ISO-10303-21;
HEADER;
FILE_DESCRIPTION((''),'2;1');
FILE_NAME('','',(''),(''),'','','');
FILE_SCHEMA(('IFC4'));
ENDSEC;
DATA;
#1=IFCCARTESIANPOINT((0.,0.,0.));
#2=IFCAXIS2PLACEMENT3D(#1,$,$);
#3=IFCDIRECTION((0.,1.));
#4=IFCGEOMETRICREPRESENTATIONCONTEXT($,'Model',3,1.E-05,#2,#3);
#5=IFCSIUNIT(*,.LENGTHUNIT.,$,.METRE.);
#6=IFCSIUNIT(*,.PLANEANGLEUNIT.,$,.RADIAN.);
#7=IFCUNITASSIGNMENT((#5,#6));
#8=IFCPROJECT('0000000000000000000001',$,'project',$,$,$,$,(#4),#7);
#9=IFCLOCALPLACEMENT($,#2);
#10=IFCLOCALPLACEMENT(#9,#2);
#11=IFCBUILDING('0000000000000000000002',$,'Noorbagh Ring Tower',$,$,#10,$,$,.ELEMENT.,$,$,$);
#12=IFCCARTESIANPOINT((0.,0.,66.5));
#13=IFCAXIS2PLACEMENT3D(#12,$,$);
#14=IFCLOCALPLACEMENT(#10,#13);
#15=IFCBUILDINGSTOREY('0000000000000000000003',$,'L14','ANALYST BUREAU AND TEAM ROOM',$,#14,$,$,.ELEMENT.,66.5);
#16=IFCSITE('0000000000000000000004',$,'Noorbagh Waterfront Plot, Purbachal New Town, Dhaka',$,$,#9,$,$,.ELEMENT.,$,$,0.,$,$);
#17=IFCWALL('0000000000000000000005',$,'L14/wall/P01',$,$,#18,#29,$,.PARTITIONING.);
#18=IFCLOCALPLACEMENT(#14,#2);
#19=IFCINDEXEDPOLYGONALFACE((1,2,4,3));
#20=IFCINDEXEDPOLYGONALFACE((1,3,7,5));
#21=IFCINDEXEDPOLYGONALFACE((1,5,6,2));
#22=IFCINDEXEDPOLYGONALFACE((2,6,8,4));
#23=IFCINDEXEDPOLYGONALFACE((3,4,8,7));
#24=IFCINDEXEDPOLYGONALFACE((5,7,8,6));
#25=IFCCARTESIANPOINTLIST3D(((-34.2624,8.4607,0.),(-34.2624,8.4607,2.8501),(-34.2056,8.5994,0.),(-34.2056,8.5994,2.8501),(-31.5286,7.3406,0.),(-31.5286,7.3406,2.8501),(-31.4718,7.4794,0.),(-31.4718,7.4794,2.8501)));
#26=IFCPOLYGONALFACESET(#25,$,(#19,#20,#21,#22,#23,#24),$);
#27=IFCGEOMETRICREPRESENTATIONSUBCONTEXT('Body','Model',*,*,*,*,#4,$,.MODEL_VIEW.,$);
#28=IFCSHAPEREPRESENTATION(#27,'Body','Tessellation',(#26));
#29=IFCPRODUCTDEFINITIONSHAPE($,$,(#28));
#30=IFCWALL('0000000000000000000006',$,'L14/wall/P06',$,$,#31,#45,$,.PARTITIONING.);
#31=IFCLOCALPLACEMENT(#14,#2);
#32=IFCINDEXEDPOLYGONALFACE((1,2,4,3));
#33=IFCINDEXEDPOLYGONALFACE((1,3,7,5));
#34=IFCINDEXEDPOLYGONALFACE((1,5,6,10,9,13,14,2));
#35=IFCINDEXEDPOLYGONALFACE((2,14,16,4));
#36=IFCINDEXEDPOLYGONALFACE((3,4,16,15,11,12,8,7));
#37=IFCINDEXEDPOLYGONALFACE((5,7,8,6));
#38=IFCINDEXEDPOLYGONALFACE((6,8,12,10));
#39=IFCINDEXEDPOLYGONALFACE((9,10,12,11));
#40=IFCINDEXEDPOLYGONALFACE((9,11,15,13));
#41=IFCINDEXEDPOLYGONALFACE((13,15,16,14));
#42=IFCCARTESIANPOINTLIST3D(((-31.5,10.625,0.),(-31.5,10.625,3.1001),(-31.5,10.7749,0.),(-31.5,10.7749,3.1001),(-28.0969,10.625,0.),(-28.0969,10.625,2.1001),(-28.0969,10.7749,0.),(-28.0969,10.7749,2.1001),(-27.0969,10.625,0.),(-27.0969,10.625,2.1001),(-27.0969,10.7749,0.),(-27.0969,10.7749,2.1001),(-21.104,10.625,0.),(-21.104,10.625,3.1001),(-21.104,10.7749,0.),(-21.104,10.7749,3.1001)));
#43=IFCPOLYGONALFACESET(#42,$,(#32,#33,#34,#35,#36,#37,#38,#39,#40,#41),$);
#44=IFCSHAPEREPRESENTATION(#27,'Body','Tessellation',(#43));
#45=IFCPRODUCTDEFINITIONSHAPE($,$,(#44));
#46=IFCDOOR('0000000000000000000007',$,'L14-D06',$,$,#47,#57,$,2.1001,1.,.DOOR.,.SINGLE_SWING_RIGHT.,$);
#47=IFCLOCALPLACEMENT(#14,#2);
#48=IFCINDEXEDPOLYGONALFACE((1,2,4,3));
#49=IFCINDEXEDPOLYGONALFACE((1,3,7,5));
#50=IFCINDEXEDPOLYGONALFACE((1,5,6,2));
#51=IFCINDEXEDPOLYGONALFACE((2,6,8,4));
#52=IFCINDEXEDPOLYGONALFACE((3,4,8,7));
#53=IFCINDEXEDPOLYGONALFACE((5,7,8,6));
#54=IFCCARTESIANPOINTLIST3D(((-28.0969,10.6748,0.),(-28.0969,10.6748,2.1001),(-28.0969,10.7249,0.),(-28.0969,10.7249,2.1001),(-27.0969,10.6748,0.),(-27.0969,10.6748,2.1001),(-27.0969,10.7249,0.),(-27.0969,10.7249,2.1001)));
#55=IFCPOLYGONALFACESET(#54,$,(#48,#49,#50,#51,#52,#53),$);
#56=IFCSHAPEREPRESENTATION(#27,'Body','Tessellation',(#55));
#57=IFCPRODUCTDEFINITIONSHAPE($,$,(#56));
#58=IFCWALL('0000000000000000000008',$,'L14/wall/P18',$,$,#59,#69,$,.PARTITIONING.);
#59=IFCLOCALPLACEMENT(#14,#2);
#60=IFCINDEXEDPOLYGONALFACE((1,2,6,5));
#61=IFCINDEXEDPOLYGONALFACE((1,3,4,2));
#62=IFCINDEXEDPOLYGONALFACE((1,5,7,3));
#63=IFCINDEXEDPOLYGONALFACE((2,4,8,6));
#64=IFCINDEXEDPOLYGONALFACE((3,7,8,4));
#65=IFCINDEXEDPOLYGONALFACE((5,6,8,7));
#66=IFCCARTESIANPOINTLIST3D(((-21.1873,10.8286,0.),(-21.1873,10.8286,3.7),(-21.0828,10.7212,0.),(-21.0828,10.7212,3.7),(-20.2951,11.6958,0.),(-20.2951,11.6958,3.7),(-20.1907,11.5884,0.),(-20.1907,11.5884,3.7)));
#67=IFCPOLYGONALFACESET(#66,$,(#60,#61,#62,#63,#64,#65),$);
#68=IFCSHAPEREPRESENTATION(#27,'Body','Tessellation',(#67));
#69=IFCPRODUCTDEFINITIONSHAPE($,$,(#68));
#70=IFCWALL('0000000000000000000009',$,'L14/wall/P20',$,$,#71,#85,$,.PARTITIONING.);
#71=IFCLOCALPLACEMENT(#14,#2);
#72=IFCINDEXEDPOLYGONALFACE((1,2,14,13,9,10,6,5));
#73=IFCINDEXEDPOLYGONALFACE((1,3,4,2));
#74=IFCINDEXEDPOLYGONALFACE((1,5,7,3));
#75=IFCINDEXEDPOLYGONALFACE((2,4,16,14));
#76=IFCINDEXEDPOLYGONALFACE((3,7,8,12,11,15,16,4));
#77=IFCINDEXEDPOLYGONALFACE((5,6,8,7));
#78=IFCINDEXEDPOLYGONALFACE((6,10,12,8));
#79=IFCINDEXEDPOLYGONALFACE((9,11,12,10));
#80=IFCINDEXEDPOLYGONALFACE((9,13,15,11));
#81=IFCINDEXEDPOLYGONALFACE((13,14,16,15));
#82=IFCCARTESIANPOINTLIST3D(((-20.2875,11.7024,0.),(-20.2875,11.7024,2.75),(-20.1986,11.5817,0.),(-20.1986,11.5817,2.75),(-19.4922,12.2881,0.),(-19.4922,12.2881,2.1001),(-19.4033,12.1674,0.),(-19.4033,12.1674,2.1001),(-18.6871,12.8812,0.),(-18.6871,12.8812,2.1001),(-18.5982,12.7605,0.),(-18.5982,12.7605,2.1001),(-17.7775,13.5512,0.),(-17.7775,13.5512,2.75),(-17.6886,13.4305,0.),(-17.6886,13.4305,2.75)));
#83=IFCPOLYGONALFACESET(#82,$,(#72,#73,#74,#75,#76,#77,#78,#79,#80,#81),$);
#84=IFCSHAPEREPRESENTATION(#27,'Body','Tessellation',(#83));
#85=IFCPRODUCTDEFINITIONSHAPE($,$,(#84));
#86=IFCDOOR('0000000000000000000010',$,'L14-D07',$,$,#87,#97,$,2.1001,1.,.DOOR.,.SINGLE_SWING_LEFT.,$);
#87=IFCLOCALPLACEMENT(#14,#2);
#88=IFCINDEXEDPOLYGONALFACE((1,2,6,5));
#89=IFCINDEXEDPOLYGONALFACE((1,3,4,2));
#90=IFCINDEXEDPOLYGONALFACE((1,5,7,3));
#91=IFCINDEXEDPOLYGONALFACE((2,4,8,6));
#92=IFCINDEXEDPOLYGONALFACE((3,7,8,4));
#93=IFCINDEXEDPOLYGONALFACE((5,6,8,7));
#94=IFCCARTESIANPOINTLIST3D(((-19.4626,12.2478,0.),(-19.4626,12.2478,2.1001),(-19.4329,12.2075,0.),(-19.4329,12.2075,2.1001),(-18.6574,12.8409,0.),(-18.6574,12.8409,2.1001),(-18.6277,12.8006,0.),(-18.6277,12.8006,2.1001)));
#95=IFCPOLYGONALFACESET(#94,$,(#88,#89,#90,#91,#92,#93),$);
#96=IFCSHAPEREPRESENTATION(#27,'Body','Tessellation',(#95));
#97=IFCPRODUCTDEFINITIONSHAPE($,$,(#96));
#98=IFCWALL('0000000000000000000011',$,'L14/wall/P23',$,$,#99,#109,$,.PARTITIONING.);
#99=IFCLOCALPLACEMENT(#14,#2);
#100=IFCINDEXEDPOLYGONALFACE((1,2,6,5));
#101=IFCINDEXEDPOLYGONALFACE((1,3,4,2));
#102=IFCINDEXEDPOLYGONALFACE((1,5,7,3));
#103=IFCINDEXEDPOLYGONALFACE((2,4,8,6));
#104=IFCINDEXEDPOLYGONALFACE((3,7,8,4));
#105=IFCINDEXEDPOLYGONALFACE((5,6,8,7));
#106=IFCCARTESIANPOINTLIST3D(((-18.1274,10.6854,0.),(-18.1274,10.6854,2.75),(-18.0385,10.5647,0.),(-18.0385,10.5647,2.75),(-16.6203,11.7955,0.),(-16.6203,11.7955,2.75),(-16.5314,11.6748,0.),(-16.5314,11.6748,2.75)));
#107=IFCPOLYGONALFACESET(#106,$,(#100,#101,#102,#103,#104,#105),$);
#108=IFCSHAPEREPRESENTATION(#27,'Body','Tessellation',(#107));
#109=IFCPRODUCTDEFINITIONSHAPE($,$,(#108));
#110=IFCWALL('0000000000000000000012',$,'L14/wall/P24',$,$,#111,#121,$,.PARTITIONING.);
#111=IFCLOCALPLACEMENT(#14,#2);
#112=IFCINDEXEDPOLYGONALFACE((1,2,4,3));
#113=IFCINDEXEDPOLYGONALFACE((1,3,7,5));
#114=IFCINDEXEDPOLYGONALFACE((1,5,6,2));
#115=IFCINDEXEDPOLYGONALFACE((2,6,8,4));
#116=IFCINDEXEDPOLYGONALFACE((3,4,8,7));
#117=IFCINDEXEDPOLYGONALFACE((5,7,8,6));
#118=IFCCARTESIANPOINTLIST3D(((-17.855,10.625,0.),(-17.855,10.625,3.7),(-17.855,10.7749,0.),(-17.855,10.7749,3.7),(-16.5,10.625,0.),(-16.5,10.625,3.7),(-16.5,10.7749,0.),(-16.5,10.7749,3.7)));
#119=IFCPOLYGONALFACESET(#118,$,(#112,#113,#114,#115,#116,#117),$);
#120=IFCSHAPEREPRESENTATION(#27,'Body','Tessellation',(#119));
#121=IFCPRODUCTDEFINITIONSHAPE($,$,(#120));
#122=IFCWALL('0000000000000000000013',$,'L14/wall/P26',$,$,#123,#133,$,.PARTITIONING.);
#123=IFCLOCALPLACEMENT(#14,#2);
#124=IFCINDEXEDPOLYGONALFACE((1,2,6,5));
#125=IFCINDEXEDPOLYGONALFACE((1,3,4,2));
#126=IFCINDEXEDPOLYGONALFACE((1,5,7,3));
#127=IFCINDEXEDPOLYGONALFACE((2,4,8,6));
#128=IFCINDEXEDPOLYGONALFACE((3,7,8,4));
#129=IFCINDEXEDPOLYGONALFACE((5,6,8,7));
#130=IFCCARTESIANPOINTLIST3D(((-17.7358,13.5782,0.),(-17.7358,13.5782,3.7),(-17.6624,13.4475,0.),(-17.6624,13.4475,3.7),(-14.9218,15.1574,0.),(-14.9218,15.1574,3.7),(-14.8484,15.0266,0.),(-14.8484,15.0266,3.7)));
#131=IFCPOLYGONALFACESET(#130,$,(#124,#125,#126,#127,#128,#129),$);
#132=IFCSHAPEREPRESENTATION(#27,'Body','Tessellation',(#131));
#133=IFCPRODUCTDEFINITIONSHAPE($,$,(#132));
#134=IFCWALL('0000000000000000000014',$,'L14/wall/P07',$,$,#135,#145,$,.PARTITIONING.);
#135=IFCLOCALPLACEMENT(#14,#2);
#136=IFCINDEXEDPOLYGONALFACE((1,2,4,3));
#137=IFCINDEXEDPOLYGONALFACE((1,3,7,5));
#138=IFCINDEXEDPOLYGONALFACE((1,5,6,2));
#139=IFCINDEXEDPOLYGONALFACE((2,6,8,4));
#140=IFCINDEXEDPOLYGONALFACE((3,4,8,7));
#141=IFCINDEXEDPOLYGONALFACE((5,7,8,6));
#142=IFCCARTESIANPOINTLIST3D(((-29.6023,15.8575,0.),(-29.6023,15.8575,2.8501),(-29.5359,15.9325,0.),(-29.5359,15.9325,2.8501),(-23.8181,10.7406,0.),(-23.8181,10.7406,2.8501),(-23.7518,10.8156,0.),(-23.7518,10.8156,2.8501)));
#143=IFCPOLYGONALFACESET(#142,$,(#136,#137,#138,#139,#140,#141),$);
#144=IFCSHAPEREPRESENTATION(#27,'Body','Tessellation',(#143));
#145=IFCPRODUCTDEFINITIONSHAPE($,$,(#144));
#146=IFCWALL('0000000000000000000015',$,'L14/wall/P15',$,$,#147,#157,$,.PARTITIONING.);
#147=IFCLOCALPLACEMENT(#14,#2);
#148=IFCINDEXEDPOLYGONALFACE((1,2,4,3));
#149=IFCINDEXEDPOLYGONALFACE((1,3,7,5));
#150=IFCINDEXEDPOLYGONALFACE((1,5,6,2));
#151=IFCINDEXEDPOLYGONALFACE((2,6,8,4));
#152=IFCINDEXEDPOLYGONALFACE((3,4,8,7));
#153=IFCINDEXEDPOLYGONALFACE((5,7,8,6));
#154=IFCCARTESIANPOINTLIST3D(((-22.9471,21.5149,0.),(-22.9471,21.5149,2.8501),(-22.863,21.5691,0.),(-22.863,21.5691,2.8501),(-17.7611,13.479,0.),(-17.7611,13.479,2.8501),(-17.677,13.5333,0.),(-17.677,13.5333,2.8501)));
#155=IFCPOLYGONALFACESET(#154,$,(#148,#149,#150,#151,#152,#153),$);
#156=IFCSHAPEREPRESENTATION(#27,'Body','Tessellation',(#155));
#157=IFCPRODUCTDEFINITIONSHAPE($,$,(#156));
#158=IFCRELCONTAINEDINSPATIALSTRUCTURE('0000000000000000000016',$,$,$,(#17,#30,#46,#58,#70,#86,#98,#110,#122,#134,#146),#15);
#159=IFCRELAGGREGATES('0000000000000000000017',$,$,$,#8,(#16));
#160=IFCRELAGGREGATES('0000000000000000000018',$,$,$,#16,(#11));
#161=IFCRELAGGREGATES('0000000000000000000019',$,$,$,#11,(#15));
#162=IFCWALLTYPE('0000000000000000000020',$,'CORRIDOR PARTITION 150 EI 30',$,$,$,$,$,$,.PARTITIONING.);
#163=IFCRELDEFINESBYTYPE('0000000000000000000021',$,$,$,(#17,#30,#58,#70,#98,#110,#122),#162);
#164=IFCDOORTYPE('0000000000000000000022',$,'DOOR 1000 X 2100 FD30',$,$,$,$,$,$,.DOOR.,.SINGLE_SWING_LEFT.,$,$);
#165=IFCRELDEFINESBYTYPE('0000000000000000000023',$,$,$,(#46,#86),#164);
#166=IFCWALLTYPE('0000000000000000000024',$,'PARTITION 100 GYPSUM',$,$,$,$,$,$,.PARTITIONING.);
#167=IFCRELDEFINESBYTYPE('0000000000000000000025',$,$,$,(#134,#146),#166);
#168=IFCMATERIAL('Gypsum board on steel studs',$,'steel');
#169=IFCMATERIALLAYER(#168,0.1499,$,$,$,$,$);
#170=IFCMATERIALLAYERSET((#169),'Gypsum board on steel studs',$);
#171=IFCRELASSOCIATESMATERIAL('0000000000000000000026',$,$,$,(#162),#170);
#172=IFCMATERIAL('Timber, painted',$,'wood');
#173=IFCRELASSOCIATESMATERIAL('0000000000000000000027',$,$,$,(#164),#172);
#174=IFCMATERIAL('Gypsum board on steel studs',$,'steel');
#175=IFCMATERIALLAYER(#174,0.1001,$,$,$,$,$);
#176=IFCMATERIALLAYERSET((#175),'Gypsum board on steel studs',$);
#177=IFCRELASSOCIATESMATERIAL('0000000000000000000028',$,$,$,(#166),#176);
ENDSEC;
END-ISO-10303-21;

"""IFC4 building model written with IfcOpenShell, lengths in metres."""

from ifc_helpers import new_model, si_unit, direction, frame, frame_2d, origin, place, context, subcontext, project, spatial, rectangle, extrude, material, layer, layer_set, type_object, element, fill, save


model = new_model("IFC4")

# Units and contexts
model_context = context("Model", 3, precision=1e-05, world=origin(), true_north=direction((0.0, 1.0)))
body_context = subcontext(model_context, "Body", "Model", "MODEL_VIEW")
ifc_project = project(units=[si_unit("LENGTHUNIT", "METRE"), si_unit("PLANEANGLEUNIT", "RADIAN")], contexts=[model_context])

# Site, building, storey
site_placement = place(None, origin())
site = spatial("IfcSite", under=ifc_project, at=site_placement, Name="Noorbagh Waterfront Plot, Purbachal New Town, Dhaka", CompositionType="ELEMENT", RefElevation=0.0)
building_placement = place(site_placement, origin())
building = spatial("IfcBuilding", under=site, at=building_placement, Name="Noorbagh Ring Tower", CompositionType="ELEMENT")
storey_placement = place(building_placement, frame((0.0, 0.0, 66.5)))
storey = spatial("IfcBuildingStorey", under=building, at=storey_placement, Name="L14", Description="ANALYST BUREAU AND TEAM ROOM", CompositionType="ELEMENT", Elevation=66.5)

# Wall
ifc_material_1 = material(Name="Gypsum board on steel studs", Category="steel")
ifc_layer_1 = layer(ifc_material_1, 0.1499)
ifc_layer_set_1 = layer_set([ifc_layer_1], Name="Gypsum board on steel studs")
wall_type_1 = type_object("IfcWallType", Name="CORRIDOR PARTITION 150 EI 30", PredefinedType="PARTITIONING", material=ifc_layer_set_1)
wall_1_placement = place(storey_placement, frame((-34.2339, 8.53, 0.0), z_axis=(0.0, 0.0, 1.0), x_axis=(0.925344, -0.379128, 0.0)))
element("IfcWall", 1, at=wall_1_placement, inside=storey, type_object=wall_type_1, Name="L14/wall/P01", PredefinedType="PARTITIONING", context=body_context, shape_type="SweptSolid", body=[
    extrude(rectangle(XDim=2.9543, YDim=0.1499, at=frame_2d((1.4771, 0.0))), origin(), (0.0, 0.0, 1.0), 2.8501),
])

# Wall, opening, door
wall_2_placement = place(storey_placement, frame((-31.5, 10.7, 0.0), z_axis=(0.0, 0.0, 1.0), x_axis=(1.0, 0.0, 0.0)))
wall_2 = element("IfcWall", 2, at=wall_2_placement, inside=storey, type_object=wall_type_1, Name="L14/wall/P06", PredefinedType="PARTITIONING", context=body_context, shape_type="SweptSolid", body=[
    extrude(rectangle(XDim=10.396, YDim=0.1499, at=frame_2d((5.198, 0.0))), origin(), (0.0, 0.0, 1.0), 3.1001),
])
opening_1_placement = place(wall_2_placement, frame((3.4031, 0.0, 0.0)))
opening_1 = element("IfcOpeningElement", 3, at=opening_1_placement, cuts=wall_2, PredefinedType="OPENING", context=body_context, shape_type="SweptSolid", body=[
    extrude(rectangle(XDim=1.0, YDim=2.1001, at=frame_2d((0.5, 1.05))), frame((0.0, 0.085, 0.0), z_axis=(0.0, -1.0, 0.0), x_axis=(1.0, 0.0, 0.0)), (0.0, 0.0, 1.0), 0.1699),
])
ifc_material_2 = material(Name="Timber, painted", Category="wood")
door_type = type_object("IfcDoorType", Name="DOOR 1000 X 2100 FD30", OperationType="SINGLE_SWING_LEFT", PredefinedType="DOOR", material=ifc_material_2)
door_1_placement = place(opening_1_placement, origin())
door_1 = element("IfcDoor", 4, at=door_1_placement, inside=storey, type_object=door_type, Name="L14-D06", OperationType="SINGLE_SWING_RIGHT", OverallHeight=2.1001, OverallWidth=1.0, PredefinedType="DOOR", context=body_context, shape_type="SweptSolid", body=[
    extrude(rectangle(XDim=1.0, YDim=2.1001, at=frame_2d((0.5, 1.05))), frame((0.0, 0.0249, 0.0), z_axis=(0.0, -1.0, 0.0), x_axis=(1.0, 0.0, 0.0)), (0.0, 0.0, 1.0), 0.05),
])
fill(opening_1, door_1)

# Wall
wall_3_placement = place(storey_placement, frame((-21.135, 10.7749, 0.0), z_axis=(0.0, 0.0, 1.0), x_axis=(0.717044, 0.697028, 0.0)))
element("IfcWall", 5, at=wall_3_placement, inside=storey, type_object=wall_type_1, Name="L14/wall/P18", PredefinedType="PARTITIONING", context=body_context, shape_type="SweptSolid", body=[
    extrude(rectangle(XDim=1.2441, YDim=0.1499, at=frame_2d((0.6221, 0.0))), origin(), (0.0, 0.0, 1.0), 3.7),
])

# Wall, opening, door
wall_4_placement = place(storey_placement, frame((-20.2429, 11.6421, 0.0), z_axis=(0.0, 0.0, 1.0), x_axis=(0.805148, 0.593073, 0.0)))
wall_4 = element("IfcWall", 6, at=wall_4_placement, inside=storey, type_object=wall_type_1, Name="L14/wall/P20", PredefinedType="PARTITIONING", context=body_context, shape_type="SweptSolid", body=[
    extrude(rectangle(XDim=3.1174, YDim=0.1499, at=frame_2d((1.5586, 0.0))), origin(), (0.0, 0.0, 1.0), 2.75),
])
opening_2_placement = place(wall_4_placement, frame((0.9875, 0.0, 0.0)))
opening_2 = element("IfcOpeningElement", 7, at=opening_2_placement, cuts=wall_4, PredefinedType="OPENING", context=body_context, shape_type="SweptSolid", body=[
    extrude(rectangle(XDim=1.0, YDim=2.1001, at=frame_2d((0.5, 1.05))), frame((0.0, 0.085, 0.0), z_axis=(0.0, -1.0, 0.0), x_axis=(1.0, 0.0, 0.0)), (0.0, 0.0, 1.0), 0.1699),
])
door_2_placement = place(opening_2_placement, origin())
door_2 = element("IfcDoor", 8, at=door_2_placement, inside=storey, type_object=door_type, Name="L14-D07", OperationType="SINGLE_SWING_LEFT", OverallHeight=2.1001, OverallWidth=1.0, PredefinedType="DOOR", context=body_context, shape_type="SweptSolid", body=[
    extrude(rectangle(XDim=1.0, YDim=2.1001, at=frame_2d((0.5, 1.05))), frame((0.0, 0.0249, 0.0), z_axis=(0.0, -1.0, 0.0), x_axis=(1.0, 0.0, 0.0)), (0.0, 0.0, 1.0), 0.05),
])
fill(opening_2, door_2)

# Walls
wall_5_placement = place(storey_placement, frame((-18.083, 10.625, 0.0), z_axis=(0.0, 0.0, 1.0), x_axis=(0.805151, 0.59307, 0.0)))
element("IfcWall", 9, at=wall_5_placement, inside=storey, type_object=wall_type_1, Name="L14/wall/P23", PredefinedType="PARTITIONING", context=body_context, shape_type="SweptSolid", body=[
    extrude(rectangle(XDim=1.8718, YDim=0.1499, at=frame_2d((0.936, 0.0))), origin(), (0.0, 0.0, 1.0), 2.75),
])
wall_6_placement = place(storey_placement, frame((-17.855, 10.7, 0.0), z_axis=(0.0, 0.0, 1.0), x_axis=(1.0, 0.0, 0.0)))
element("IfcWall", 10, at=wall_6_placement, inside=storey, type_object=wall_type_1, Name="L14/wall/P24", PredefinedType="PARTITIONING", context=body_context, shape_type="SweptSolid", body=[
    extrude(rectangle(XDim=1.355, YDim=0.1499, at=frame_2d((0.6775, 0.0))), origin(), (0.0, 0.0, 1.0), 3.7),
])
wall_7_placement = place(storey_placement, frame((-17.699, 13.5129, 0.0), z_axis=(0.0, 0.0, 1.0), x_axis=(0.872072, 0.489377, 0.0)))
element("IfcWall", 11, at=wall_7_placement, inside=storey, type_object=wall_type_1, Name="L14/wall/P26", PredefinedType="PARTITIONING", context=body_context, shape_type="SweptSolid", body=[
    extrude(rectangle(XDim=3.2268, YDim=0.1499, at=frame_2d((1.6133, 0.0))), origin(), (0.0, 0.0, 1.0), 3.7),
])
ifc_material_3 = material(Name="Gypsum board on steel studs", Category="steel")
ifc_layer_2 = layer(ifc_material_3, 0.1001)
ifc_layer_set_2 = layer_set([ifc_layer_2], Name="Gypsum board on steel studs")
wall_type_2 = type_object("IfcWallType", Name="PARTITION 100 GYPSUM", PredefinedType="PARTITIONING", material=ifc_layer_set_2)
wall_8_placement = place(storey_placement, frame((-29.5691, 15.895, 0.0), z_axis=(0.0, 0.0, 1.0), x_axis=(0.748986, -0.662586, 0.0)))
element("IfcWall", 12, at=wall_8_placement, inside=storey, type_object=wall_type_2, Name="L14/wall/P07", PredefinedType="PARTITIONING", context=body_context, shape_type="SweptSolid", body=[
    extrude(rectangle(XDim=7.7227, YDim=0.1001, at=frame_2d((3.8613, 0.0))), origin(), (0.0, 0.0, 1.0), 2.8501),
])
wall_9_placement = place(storey_placement, frame((-22.905, 21.542, 0.0), z_axis=(0.0, 0.0, 1.0), x_axis=(0.542244, -0.840221, 0.0)))
element("IfcWall", 13, at=wall_9_placement, inside=storey, type_object=wall_type_2, Name="L14/wall/P15", PredefinedType="PARTITIONING", context=body_context, shape_type="SweptSolid", body=[
    extrude(rectangle(XDim=9.564, YDim=0.1001, at=frame_2d((4.782, 0.0))), origin(), (0.0, 0.0, 1.0), 2.8501),
])

save(model, "model.ifc")
